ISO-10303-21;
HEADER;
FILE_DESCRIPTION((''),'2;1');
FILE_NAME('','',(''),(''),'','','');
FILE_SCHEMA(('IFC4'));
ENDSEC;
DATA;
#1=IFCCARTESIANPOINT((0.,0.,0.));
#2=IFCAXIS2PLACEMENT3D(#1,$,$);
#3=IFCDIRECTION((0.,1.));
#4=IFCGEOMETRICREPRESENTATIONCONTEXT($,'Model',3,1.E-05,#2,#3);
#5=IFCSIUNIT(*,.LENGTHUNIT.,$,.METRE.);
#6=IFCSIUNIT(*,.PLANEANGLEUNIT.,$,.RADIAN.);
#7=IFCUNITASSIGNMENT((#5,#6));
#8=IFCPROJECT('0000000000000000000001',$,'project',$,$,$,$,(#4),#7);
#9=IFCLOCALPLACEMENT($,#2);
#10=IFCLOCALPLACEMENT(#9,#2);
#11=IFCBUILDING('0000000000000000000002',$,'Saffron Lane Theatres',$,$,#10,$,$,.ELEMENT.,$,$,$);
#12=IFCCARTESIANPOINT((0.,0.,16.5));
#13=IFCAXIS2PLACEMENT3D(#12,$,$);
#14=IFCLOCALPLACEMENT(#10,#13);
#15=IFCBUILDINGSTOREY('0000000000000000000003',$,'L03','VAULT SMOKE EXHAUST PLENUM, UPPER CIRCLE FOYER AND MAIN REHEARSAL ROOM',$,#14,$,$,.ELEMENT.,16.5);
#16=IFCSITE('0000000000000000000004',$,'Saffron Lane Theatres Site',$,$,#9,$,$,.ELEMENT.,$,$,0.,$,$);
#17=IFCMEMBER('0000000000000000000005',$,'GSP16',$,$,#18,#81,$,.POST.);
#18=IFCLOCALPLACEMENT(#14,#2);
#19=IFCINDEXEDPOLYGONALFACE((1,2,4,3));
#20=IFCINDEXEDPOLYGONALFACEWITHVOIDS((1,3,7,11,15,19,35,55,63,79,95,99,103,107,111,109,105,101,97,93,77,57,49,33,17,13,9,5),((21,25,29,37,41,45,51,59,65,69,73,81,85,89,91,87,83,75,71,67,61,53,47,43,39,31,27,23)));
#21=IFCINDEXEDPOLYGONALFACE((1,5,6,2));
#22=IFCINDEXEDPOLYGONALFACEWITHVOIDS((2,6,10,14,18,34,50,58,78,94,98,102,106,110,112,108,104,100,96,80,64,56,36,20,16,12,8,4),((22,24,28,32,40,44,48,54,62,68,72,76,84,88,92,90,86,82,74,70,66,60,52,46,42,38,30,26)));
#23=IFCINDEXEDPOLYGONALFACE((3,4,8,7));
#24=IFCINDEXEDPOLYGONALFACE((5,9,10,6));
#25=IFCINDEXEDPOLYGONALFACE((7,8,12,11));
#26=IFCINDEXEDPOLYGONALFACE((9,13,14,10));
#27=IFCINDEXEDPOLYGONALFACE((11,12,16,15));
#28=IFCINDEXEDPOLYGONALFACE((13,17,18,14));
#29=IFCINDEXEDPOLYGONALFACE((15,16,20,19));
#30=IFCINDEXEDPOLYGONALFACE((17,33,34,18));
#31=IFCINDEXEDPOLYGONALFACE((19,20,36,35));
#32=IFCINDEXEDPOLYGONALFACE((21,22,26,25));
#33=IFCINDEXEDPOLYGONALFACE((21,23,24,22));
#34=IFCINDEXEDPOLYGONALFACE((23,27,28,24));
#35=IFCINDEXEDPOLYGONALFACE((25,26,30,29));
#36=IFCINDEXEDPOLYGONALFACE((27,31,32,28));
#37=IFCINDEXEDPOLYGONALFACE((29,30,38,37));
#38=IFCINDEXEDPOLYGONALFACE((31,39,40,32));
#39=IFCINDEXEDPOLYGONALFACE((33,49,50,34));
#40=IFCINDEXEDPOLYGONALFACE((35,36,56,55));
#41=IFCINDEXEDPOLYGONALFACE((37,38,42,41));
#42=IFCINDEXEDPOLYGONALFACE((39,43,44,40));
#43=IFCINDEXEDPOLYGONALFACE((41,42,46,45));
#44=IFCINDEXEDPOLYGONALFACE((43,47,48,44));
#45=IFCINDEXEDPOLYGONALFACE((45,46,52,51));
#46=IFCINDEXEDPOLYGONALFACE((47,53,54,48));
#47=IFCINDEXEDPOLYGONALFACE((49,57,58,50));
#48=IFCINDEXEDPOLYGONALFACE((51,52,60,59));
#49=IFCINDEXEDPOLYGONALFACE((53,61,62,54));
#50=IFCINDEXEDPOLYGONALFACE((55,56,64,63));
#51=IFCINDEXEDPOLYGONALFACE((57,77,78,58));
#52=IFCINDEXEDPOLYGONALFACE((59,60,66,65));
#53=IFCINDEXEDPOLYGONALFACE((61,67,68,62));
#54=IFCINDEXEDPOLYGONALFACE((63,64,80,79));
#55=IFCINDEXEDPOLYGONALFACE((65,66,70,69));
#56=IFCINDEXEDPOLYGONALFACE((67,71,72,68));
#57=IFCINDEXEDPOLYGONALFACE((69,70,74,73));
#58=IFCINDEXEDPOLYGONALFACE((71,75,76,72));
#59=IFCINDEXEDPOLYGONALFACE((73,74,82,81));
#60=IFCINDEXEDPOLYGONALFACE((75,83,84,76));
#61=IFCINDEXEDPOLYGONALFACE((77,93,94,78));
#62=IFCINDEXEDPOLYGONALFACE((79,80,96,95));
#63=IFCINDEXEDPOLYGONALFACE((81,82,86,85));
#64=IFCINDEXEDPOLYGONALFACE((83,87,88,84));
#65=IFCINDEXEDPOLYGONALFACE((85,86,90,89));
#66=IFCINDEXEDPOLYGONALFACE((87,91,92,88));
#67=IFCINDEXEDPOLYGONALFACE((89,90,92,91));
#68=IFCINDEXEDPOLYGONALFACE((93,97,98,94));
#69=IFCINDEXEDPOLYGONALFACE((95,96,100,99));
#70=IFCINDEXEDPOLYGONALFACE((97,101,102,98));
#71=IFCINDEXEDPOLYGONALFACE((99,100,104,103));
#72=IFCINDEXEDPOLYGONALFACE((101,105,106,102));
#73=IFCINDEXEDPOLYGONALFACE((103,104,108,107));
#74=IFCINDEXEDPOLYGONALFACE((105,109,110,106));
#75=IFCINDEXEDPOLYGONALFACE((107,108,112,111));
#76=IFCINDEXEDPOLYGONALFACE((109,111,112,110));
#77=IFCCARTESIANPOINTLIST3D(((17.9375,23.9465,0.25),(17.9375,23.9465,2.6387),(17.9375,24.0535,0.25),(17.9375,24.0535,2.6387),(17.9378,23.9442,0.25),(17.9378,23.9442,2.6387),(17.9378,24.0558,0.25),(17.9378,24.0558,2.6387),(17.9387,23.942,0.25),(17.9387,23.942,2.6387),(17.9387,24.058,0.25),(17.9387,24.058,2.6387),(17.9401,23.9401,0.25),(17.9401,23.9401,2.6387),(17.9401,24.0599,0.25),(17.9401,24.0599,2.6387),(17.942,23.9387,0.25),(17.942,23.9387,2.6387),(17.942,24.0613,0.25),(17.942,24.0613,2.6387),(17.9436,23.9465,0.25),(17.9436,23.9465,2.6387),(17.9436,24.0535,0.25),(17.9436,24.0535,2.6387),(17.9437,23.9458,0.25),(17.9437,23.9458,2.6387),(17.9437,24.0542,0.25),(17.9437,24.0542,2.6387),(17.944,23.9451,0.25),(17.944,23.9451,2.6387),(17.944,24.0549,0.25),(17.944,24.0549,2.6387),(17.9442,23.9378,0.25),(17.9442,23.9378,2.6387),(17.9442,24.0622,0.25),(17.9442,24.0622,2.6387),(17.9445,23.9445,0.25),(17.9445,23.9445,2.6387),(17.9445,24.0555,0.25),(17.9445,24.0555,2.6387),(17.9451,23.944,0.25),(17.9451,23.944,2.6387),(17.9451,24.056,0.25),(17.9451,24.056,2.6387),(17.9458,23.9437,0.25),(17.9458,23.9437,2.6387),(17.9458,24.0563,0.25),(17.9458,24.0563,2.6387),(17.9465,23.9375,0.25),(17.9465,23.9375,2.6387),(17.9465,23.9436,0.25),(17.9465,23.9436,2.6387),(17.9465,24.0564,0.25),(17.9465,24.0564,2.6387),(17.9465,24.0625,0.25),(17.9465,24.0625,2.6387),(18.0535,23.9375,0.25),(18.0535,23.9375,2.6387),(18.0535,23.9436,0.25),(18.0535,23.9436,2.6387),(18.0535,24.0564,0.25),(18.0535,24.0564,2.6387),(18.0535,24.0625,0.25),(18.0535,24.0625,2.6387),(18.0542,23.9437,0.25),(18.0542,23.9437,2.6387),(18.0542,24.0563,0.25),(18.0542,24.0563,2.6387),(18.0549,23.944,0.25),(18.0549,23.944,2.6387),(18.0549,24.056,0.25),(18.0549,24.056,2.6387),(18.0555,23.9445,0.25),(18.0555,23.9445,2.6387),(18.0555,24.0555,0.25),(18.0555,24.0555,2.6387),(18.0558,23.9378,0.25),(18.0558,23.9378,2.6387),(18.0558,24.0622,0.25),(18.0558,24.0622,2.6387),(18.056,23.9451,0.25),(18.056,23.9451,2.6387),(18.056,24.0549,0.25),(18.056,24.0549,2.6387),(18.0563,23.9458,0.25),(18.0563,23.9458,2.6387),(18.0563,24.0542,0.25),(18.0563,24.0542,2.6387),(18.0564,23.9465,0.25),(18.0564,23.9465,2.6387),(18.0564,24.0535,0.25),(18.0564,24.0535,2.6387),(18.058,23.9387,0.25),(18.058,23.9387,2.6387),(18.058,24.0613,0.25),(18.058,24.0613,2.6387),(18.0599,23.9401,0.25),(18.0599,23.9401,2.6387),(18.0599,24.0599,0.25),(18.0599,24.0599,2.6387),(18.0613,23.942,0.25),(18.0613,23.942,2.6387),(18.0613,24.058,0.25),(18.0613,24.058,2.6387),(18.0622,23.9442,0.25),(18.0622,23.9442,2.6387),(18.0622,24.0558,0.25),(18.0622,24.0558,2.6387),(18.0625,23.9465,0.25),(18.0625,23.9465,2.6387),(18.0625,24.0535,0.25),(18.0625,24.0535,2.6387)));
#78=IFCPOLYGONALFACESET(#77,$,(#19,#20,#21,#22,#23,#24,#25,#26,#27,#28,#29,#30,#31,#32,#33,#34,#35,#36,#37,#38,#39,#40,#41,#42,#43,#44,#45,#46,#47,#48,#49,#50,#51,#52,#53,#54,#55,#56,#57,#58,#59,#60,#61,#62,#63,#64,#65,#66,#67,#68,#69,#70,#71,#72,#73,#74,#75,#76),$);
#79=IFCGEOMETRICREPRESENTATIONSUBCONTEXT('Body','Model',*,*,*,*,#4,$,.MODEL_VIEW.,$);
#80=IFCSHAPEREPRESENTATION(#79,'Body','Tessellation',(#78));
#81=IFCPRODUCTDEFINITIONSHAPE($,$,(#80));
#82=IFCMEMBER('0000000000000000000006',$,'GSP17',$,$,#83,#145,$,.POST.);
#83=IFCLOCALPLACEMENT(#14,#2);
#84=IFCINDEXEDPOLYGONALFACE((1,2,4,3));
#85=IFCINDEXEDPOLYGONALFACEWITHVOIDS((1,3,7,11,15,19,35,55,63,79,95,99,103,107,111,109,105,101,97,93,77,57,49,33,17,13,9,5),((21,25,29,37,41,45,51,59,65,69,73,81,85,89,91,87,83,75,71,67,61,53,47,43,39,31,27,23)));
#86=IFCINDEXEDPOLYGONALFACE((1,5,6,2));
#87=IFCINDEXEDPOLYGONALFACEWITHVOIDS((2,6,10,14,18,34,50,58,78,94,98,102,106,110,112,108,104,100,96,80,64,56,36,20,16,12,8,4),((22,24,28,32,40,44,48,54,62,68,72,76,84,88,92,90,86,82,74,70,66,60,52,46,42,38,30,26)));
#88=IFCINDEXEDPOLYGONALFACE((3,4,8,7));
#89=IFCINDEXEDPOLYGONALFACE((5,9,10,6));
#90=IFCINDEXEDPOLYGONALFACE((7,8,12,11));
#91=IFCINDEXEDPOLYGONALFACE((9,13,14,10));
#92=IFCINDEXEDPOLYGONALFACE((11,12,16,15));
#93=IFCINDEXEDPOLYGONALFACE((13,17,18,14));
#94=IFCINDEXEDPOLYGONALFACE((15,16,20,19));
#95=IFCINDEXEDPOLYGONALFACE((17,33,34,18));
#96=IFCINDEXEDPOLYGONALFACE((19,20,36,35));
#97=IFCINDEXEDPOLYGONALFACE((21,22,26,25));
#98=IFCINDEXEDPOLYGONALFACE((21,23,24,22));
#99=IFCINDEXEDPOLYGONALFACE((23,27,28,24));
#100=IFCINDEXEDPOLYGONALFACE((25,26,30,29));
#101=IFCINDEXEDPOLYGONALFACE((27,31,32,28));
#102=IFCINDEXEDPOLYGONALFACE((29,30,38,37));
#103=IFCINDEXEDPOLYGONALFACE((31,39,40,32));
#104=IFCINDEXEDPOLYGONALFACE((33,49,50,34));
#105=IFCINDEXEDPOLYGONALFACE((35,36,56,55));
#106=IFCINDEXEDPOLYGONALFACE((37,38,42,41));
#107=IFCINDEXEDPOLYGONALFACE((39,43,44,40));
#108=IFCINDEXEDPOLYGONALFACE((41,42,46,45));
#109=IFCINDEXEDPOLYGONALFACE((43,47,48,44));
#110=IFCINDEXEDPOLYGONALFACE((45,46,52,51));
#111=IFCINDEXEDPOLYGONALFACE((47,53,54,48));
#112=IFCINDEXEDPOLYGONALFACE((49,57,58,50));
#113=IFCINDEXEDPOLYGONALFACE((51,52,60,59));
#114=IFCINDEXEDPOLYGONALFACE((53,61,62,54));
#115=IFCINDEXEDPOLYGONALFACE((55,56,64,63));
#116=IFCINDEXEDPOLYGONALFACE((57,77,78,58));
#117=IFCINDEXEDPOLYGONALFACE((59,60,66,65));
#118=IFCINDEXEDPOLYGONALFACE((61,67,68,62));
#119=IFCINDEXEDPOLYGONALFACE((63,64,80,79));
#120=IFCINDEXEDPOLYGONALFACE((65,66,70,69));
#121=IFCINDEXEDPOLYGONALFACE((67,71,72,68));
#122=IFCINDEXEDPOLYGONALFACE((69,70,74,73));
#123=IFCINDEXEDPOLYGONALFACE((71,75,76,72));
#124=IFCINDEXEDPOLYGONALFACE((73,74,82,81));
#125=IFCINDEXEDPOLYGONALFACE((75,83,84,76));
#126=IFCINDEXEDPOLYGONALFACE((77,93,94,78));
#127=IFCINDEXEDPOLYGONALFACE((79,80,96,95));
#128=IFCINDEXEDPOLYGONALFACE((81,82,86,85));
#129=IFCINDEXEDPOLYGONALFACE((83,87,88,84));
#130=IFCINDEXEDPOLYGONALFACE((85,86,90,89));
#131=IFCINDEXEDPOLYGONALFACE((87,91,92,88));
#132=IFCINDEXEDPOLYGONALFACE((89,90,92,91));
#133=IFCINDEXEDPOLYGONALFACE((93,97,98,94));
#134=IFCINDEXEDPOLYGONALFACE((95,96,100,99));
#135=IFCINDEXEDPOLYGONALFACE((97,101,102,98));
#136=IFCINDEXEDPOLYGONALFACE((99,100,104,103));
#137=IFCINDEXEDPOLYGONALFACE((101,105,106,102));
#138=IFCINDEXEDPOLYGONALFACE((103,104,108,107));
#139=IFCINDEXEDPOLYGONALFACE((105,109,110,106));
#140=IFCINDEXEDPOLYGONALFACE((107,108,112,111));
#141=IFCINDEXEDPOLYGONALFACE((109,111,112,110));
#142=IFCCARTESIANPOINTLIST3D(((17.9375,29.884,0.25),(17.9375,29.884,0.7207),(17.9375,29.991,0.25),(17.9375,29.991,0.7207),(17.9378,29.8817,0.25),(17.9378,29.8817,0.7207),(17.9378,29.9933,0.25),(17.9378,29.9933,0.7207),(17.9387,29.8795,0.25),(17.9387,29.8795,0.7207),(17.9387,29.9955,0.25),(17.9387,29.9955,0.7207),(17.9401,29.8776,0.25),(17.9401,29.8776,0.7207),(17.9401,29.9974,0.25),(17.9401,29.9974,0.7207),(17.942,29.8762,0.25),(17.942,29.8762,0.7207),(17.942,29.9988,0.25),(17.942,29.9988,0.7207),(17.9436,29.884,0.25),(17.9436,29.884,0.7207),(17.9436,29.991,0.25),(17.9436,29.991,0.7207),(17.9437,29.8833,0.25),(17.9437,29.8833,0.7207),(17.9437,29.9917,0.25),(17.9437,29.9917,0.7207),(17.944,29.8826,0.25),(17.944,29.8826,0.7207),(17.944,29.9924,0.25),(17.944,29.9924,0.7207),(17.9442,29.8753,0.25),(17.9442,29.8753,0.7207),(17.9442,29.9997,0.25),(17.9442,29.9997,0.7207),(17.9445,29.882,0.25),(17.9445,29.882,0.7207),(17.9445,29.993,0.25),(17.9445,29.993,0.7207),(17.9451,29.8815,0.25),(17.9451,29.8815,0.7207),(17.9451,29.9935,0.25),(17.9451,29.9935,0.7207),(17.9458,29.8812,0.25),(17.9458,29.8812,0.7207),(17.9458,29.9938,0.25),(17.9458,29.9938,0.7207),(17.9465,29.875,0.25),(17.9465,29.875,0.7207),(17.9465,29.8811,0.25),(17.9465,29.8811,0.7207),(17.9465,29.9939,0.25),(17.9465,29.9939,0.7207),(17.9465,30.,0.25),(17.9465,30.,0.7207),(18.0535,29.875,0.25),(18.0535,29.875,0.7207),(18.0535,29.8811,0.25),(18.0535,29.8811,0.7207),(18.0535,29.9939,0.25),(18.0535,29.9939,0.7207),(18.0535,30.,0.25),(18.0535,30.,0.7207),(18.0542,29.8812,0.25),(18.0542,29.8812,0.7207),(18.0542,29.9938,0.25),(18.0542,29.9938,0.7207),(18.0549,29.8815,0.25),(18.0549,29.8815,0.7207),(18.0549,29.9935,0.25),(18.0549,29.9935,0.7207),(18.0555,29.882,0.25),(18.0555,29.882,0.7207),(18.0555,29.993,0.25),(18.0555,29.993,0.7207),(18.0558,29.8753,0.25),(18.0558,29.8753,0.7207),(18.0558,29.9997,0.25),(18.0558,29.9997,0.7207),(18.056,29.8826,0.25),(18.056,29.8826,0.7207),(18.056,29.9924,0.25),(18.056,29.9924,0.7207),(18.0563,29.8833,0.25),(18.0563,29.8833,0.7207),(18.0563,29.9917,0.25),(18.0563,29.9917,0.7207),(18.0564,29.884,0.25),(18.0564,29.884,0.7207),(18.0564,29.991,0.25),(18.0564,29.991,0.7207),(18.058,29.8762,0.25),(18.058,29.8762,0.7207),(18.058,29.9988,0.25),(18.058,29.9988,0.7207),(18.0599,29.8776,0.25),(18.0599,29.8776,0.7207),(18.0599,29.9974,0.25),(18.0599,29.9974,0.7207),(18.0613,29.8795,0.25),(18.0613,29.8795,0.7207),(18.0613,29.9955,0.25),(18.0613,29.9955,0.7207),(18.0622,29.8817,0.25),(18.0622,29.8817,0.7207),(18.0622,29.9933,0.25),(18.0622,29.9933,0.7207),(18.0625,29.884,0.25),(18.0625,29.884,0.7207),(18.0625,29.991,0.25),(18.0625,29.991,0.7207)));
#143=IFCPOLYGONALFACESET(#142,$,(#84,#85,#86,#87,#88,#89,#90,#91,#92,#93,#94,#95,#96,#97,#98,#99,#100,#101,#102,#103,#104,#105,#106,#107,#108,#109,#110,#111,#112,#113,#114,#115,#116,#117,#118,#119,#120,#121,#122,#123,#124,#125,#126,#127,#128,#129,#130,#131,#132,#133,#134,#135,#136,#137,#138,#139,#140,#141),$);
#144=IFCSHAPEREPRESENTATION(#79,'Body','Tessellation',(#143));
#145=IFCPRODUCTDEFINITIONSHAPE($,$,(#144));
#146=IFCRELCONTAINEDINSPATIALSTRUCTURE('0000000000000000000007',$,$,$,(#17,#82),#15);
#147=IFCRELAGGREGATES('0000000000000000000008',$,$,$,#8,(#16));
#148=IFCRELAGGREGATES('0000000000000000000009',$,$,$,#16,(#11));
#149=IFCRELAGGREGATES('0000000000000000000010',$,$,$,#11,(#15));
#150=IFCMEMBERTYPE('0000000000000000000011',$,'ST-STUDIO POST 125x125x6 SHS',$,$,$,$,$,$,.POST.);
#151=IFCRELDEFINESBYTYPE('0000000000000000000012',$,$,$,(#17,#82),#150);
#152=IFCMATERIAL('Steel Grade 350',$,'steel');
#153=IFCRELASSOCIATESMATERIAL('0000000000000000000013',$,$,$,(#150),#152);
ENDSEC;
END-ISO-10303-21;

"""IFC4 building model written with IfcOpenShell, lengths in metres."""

from ifc_helpers import new_model, si_unit, direction, frame, origin, origin_2d, place, context, subcontext, project, spatial, hollow_rectangle, extrude, material, material_profile, profile_set, type_object, element, save


model = new_model("IFC4")

# Units and contexts
model_context = context("Model", 3, precision=1e-05, world=origin(), true_north=direction((0.0, 1.0)))
body_context = subcontext(model_context, "Body", "Model", "MODEL_VIEW")
ifc_project = project(units=[si_unit("LENGTHUNIT", "METRE"), si_unit("PLANEANGLEUNIT", "RADIAN")], contexts=[model_context])

# Site, building, storey
site_placement = place(None, origin())
site = spatial("IfcSite", under=ifc_project, at=site_placement, Name="Saffron Lane Theatres Site", CompositionType="ELEMENT", RefElevation=0.0)
building_placement = place(site_placement, origin())
building = spatial("IfcBuilding", under=site, at=building_placement, Name="Saffron Lane Theatres", CompositionType="ELEMENT")
storey_placement = place(building_placement, frame((0.0, 0.0, 16.5)))
storey = spatial("IfcBuildingStorey", under=building, at=storey_placement, Name="L03", Description="VAULT SMOKE EXHAUST PLENUM, UPPER CIRCLE FOYER AND MAIN REHEARSAL ROOM", CompositionType="ELEMENT", Elevation=16.5)

# Members
ifc_material_1 = material(Name="Steel Grade 350", Category="steel")
ifc_material_profile_1 = material_profile(ifc_material_1, hollow_rectangle(XDim=0.125, YDim=0.125, WallThickness=0.0061, InnerFilletRadius=0.0029, OuterFilletRadius=0.009, at=origin_2d()))
ifc_profile_set_1 = profile_set([ifc_material_profile_1], Name="Steel Grade 350")
member_type_1 = type_object("IfcMemberType", Name="ST-STUDIO POST 125x125x6 SHS", PredefinedType="POST", material=ifc_profile_set_1)
member_1_placement = place(storey_placement, frame((18.0, 24.0, 0.25), z_axis=(0.0, 0.0, 1.0), x_axis=(1.0, 0.0, 0.0)))
element("IfcMember", 1, at=member_1_placement, inside=storey, type_object=member_type_1, Name="GSP16", PredefinedType="POST", context=body_context, shape_type="SweptSolid", body=[
    extrude(hollow_rectangle(XDim=0.125, YDim=0.125, WallThickness=0.0061, InnerFilletRadius=0.0029, OuterFilletRadius=0.009, at=origin_2d()), origin(), (0.0, 0.0, 1.0), 2.3887),
])
member_2_placement = place(storey_placement, frame((18.0, 29.9375, 0.25), z_axis=(0.0, 0.0, 1.0), x_axis=(1.0, 0.0, 0.0)))
element("IfcMember", 2, at=member_2_placement, inside=storey, type_object=member_type_1, Name="GSP17", PredefinedType="POST", context=body_context, shape_type="SweptSolid", body=[
    extrude(hollow_rectangle(XDim=0.125, YDim=0.125, WallThickness=0.0061, InnerFilletRadius=0.0029, OuterFilletRadius=0.009, at=origin_2d()), origin(), (0.0, 0.0, 1.0), 0.4707),
])

save(model, "model.ifc")
